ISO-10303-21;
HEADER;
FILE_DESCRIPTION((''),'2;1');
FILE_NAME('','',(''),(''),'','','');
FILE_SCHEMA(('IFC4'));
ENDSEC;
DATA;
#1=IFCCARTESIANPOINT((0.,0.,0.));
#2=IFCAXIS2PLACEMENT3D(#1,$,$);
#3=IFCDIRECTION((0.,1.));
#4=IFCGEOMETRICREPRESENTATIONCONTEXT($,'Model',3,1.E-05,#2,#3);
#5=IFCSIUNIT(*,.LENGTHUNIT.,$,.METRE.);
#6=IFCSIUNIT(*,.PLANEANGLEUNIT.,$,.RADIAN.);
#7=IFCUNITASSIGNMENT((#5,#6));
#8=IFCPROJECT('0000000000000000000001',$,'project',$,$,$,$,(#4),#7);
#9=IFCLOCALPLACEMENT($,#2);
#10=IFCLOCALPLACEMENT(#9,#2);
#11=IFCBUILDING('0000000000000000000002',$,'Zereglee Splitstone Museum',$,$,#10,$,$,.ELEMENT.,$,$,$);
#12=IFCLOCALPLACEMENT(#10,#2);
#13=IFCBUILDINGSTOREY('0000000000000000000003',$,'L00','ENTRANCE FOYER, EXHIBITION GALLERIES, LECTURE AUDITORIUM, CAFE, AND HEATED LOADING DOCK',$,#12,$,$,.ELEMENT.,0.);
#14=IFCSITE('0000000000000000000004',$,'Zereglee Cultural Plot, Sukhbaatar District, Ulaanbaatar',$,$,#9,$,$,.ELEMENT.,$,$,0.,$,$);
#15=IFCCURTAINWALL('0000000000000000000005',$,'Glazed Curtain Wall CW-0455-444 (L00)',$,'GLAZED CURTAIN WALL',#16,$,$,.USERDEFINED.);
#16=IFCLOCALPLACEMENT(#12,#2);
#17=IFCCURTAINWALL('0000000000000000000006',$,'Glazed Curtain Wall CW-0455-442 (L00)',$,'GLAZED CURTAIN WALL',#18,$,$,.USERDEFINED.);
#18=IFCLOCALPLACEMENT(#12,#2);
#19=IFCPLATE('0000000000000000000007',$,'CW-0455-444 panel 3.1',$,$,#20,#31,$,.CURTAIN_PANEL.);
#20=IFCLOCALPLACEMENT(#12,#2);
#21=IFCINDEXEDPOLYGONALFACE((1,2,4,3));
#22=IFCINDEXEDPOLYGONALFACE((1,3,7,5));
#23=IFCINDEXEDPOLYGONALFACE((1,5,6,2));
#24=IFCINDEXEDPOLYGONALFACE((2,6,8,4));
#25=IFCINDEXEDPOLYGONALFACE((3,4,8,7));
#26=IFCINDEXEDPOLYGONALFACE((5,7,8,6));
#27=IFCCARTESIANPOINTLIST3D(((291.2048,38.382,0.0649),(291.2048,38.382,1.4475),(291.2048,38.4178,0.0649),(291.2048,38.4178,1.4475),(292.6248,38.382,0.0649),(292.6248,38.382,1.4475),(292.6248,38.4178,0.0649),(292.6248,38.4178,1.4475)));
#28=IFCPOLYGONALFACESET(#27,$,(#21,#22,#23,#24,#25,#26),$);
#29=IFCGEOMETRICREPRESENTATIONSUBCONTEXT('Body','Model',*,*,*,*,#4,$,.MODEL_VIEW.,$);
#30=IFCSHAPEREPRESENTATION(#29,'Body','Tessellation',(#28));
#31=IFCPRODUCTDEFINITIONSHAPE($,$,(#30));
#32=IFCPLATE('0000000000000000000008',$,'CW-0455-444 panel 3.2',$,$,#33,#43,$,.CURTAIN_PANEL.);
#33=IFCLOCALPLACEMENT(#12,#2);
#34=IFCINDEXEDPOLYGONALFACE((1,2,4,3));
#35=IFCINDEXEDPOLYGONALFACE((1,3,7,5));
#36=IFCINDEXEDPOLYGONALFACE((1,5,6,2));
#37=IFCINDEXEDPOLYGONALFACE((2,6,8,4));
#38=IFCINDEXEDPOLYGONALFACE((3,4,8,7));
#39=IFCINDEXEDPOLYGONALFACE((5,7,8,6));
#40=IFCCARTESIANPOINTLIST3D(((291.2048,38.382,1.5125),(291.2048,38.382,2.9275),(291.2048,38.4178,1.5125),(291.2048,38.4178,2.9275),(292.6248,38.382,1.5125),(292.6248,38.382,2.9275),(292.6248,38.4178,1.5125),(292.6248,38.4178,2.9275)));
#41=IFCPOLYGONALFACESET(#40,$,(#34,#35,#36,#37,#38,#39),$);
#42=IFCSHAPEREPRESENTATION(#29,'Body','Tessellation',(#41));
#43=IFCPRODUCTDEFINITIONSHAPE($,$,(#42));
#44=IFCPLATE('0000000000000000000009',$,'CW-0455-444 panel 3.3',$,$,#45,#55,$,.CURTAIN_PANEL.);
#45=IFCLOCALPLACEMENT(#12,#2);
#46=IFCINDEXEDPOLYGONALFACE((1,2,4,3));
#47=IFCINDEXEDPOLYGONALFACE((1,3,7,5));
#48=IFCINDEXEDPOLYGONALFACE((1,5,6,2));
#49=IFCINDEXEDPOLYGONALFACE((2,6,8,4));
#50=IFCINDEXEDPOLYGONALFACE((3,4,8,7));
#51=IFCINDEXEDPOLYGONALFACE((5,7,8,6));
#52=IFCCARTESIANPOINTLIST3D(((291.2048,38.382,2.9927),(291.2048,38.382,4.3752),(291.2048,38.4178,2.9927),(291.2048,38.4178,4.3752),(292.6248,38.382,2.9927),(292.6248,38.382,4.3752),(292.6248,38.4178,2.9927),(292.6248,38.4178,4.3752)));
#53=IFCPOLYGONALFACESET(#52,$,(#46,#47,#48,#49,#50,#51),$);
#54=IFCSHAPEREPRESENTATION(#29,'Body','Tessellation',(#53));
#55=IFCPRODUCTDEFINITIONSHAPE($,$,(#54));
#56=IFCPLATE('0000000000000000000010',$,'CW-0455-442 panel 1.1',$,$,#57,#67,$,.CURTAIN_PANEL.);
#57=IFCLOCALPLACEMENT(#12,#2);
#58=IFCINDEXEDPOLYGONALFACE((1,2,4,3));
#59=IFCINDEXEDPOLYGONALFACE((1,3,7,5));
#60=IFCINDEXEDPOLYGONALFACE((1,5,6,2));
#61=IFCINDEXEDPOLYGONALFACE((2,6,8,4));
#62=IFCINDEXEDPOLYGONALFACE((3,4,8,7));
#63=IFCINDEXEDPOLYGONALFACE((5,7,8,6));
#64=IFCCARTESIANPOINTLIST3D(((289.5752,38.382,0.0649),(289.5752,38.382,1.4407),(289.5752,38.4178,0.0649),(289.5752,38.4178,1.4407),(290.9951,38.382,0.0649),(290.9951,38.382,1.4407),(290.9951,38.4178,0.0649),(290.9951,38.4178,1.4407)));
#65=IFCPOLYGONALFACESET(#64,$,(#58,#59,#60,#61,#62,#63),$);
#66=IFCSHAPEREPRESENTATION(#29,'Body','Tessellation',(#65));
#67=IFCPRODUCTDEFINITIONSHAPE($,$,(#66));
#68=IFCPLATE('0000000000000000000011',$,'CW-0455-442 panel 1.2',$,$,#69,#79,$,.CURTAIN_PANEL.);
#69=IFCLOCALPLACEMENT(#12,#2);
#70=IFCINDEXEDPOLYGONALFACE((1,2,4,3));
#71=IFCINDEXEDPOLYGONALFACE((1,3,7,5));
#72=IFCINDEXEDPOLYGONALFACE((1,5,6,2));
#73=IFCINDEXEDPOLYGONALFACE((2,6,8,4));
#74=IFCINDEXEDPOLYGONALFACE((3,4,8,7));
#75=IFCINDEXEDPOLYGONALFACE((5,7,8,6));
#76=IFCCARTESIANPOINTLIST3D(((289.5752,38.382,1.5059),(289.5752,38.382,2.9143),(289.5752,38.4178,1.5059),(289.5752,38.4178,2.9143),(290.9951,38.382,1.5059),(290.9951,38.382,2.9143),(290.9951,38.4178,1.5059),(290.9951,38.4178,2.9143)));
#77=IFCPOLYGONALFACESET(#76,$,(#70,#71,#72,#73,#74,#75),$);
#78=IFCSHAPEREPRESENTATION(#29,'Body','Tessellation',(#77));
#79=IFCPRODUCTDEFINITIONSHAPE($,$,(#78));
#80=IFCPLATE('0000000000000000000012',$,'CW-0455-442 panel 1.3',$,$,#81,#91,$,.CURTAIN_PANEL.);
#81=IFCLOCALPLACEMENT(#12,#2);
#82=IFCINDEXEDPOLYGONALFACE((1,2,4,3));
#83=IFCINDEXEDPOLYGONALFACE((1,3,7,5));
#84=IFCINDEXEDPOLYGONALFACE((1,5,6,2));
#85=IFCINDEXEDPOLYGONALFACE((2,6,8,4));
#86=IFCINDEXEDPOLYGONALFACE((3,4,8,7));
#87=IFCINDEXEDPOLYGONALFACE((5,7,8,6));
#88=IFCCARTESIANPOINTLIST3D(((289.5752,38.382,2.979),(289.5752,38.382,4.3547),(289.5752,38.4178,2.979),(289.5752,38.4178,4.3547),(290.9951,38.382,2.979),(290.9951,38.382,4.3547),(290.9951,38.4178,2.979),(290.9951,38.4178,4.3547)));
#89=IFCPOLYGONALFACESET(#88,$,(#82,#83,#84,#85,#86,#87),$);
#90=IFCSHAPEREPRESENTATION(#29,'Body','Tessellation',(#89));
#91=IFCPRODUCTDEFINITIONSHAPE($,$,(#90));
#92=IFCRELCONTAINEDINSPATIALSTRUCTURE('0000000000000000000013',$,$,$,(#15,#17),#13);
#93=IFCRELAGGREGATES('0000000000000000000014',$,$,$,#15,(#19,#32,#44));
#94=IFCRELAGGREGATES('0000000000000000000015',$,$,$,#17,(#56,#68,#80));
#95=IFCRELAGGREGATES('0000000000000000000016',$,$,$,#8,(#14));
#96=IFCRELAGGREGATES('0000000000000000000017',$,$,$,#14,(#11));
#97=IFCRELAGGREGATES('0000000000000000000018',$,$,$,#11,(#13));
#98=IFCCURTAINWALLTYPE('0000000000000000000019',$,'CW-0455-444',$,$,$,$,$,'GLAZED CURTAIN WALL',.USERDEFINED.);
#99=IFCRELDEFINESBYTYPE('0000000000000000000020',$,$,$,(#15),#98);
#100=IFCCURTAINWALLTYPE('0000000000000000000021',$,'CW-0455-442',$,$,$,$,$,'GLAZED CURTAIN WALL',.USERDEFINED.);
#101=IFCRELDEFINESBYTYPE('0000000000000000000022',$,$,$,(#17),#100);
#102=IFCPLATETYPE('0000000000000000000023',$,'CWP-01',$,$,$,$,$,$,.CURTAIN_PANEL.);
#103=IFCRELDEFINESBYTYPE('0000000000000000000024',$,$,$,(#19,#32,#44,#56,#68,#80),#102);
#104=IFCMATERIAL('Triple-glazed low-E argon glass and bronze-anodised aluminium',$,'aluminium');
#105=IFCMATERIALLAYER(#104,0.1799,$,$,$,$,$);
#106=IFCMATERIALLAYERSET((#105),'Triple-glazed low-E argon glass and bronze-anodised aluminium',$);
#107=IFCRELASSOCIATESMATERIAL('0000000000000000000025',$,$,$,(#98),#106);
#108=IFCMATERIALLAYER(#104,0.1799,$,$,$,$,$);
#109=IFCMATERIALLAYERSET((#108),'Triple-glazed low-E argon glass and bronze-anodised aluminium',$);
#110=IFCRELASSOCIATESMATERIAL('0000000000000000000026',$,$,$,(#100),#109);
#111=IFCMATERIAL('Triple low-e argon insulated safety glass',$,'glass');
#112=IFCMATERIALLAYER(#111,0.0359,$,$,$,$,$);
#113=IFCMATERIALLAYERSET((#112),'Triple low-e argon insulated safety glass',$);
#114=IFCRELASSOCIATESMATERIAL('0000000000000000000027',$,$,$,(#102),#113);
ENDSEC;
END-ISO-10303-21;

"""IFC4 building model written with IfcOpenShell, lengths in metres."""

from ifc_helpers import new_model, si_unit, direction, frame, origin, origin_2d, place, context, subcontext, project, spatial, rectangle, extrude, material, layer, layer_set, type_object, element, aggregate, save


model = new_model("IFC4")

# Units and contexts
model_context = context("Model", 3, precision=1e-05, world=origin(), true_north=direction((0.0, 1.0)))
body_context = subcontext(model_context, "Body", "Model", "MODEL_VIEW")
ifc_project = project(units=[si_unit("LENGTHUNIT", "METRE"), si_unit("PLANEANGLEUNIT", "RADIAN")], contexts=[model_context])

# Site, building, storey
site_placement = place(None, origin())
site = spatial("IfcSite", under=ifc_project, at=site_placement, Name="Zereglee Cultural Plot, Sukhbaatar District, Ulaanbaatar", CompositionType="ELEMENT", RefElevation=0.0)
building_placement = place(site_placement, origin())
building = spatial("IfcBuilding", under=site, at=building_placement, Name="Zereglee Splitstone Museum", CompositionType="ELEMENT")
storey_placement = place(building_placement, origin())
storey = spatial("IfcBuildingStorey", under=building, at=storey_placement, Name="L00", Description="ENTRANCE FOYER, EXHIBITION GALLERIES, LECTURE AUDITORIUM, CAFE, AND HEATED LOADING DOCK", CompositionType="ELEMENT", Elevation=0.0)

# Curtain wall
ifc_material_1 = material(Name="Triple-glazed low-E argon glass and bronze-anodised aluminium", Category="aluminium")
ifc_layer_1 = layer(ifc_material_1, 0.1799)
ifc_layer_set_1 = layer_set([ifc_layer_1], Name="Triple-glazed low-E argon glass and bronze-anodised aluminium")
curtain_wall_type_1 = type_object("IfcCurtainWallType", Name="CW-0455-444", ElementType="GLAZED CURTAIN WALL", PredefinedType="USERDEFINED", material=ifc_layer_set_1)
curtain_wall_1_placement = place(storey_placement, origin())
curtain_wall_1 = element("IfcCurtainWall", 1, at=curtain_wall_1_placement, inside=storey, type_object=curtain_wall_type_1, Name="Glazed Curtain Wall CW-0455-444 (L00)", ObjectType="GLAZED CURTAIN WALL", PredefinedType="USERDEFINED")

# Curtain wall
ifc_layer_2 = layer(ifc_material_1, 0.1799)
ifc_layer_set_2 = layer_set([ifc_layer_2], Name="Triple-glazed low-E argon glass and bronze-anodised aluminium")
curtain_wall_type_2 = type_object("IfcCurtainWallType", Name="CW-0455-442", ElementType="GLAZED CURTAIN WALL", PredefinedType="USERDEFINED", material=ifc_layer_set_2)
curtain_wall_2_placement = place(storey_placement, origin())
curtain_wall_2 = element("IfcCurtainWall", 2, at=curtain_wall_2_placement, inside=storey, type_object=curtain_wall_type_2, Name="Glazed Curtain Wall CW-0455-442 (L00)", ObjectType="GLAZED CURTAIN WALL", PredefinedType="USERDEFINED")

# Plates
ifc_material_2 = material(Name="Triple low-e argon insulated safety glass", Category="glass")
ifc_layer_3 = layer(ifc_material_2, 0.0359)
ifc_layer_set_3 = layer_set([ifc_layer_3], Name="Triple low-e argon insulated safety glass")
plate_type = type_object("IfcPlateType", Name="CWP-01", PredefinedType="CURTAIN_PANEL", material=ifc_layer_set_3)
plate_1_placement = place(storey_placement, frame((291.9148, 38.3999, 0.0649), z_axis=(0.0, 0.0, 1.0), x_axis=(-1.0, 0.0, 0.0)))
plate_1 = element("IfcPlate", 3, at=plate_1_placement, type_object=plate_type, Name="CW-0455-444 panel 3.1", PredefinedType="CURTAIN_PANEL", context=body_context, shape_type="SweptSolid", body=[
    extrude(rectangle(XDim=1.4199, YDim=0.0359, at=origin_2d()), origin(), (0.0, 0.0, 1.0), 1.3826),
])
plate_2_placement = place(storey_placement, frame((291.9148, 38.3999, 1.5125), z_axis=(0.0, 0.0, 1.0), x_axis=(-1.0, 0.0, 0.0)))
plate_2 = element("IfcPlate", 4, at=plate_2_placement, type_object=plate_type, Name="CW-0455-444 panel 3.2", PredefinedType="CURTAIN_PANEL", context=body_context, shape_type="SweptSolid", body=[
    extrude(rectangle(XDim=1.4199, YDim=0.0359, at=origin_2d()), origin(), (0.0, 0.0, 1.0), 1.415),
])
plate_3_placement = place(storey_placement, frame((291.9148, 38.3999, 2.9927), z_axis=(0.0, 0.0, 1.0), x_axis=(-1.0, 0.0, 0.0)))
plate_3 = element("IfcPlate", 5, at=plate_3_placement, type_object=plate_type, Name="CW-0455-444 panel 3.3", PredefinedType="CURTAIN_PANEL", context=body_context, shape_type="SweptSolid", body=[
    extrude(rectangle(XDim=1.4199, YDim=0.0359, at=origin_2d()), origin(), (0.0, 0.0, 1.0), 1.3826),
])
aggregate(curtain_wall_1, [plate_1, plate_2, plate_3])
plate_4_placement = place(storey_placement, frame((290.2852, 38.3999, 0.0649), z_axis=(0.0, 0.0, 1.0), x_axis=(-1.0, 0.0, 0.0)))
plate_4 = element("IfcPlate", 6, at=plate_4_placement, type_object=plate_type, Name="CW-0455-442 panel 1.1", PredefinedType="CURTAIN_PANEL", context=body_context, shape_type="SweptSolid", body=[
    extrude(rectangle(XDim=1.4199, YDim=0.0359, at=origin_2d()), origin(), (0.0, 0.0, 1.0), 1.3757),
])
plate_5_placement = place(storey_placement, frame((290.2852, 38.3999, 1.5059), z_axis=(0.0, 0.0, 1.0), x_axis=(-1.0, 0.0, 0.0)))
plate_5 = element("IfcPlate", 7, at=plate_5_placement, type_object=plate_type, Name="CW-0455-442 panel 1.2", PredefinedType="CURTAIN_PANEL", context=body_context, shape_type="SweptSolid", body=[
    extrude(rectangle(XDim=1.4199, YDim=0.0359, at=origin_2d()), origin(), (0.0, 0.0, 1.0), 1.4084),
])
plate_6_placement = place(storey_placement, frame((290.2852, 38.3999, 2.979), z_axis=(0.0, 0.0, 1.0), x_axis=(-1.0, 0.0, 0.0)))
plate_6 = element("IfcPlate", 8, at=plate_6_placement, type_object=plate_type, Name="CW-0455-442 panel 1.3", PredefinedType="CURTAIN_PANEL", context=body_context, shape_type="SweptSolid", body=[
    extrude(rectangle(XDim=1.4199, YDim=0.0359, at=origin_2d()), origin(), (0.0, 0.0, 1.0), 1.3757),
])
aggregate(curtain_wall_2, [plate_4, plate_5, plate_6])

save(model, "model.ifc")
